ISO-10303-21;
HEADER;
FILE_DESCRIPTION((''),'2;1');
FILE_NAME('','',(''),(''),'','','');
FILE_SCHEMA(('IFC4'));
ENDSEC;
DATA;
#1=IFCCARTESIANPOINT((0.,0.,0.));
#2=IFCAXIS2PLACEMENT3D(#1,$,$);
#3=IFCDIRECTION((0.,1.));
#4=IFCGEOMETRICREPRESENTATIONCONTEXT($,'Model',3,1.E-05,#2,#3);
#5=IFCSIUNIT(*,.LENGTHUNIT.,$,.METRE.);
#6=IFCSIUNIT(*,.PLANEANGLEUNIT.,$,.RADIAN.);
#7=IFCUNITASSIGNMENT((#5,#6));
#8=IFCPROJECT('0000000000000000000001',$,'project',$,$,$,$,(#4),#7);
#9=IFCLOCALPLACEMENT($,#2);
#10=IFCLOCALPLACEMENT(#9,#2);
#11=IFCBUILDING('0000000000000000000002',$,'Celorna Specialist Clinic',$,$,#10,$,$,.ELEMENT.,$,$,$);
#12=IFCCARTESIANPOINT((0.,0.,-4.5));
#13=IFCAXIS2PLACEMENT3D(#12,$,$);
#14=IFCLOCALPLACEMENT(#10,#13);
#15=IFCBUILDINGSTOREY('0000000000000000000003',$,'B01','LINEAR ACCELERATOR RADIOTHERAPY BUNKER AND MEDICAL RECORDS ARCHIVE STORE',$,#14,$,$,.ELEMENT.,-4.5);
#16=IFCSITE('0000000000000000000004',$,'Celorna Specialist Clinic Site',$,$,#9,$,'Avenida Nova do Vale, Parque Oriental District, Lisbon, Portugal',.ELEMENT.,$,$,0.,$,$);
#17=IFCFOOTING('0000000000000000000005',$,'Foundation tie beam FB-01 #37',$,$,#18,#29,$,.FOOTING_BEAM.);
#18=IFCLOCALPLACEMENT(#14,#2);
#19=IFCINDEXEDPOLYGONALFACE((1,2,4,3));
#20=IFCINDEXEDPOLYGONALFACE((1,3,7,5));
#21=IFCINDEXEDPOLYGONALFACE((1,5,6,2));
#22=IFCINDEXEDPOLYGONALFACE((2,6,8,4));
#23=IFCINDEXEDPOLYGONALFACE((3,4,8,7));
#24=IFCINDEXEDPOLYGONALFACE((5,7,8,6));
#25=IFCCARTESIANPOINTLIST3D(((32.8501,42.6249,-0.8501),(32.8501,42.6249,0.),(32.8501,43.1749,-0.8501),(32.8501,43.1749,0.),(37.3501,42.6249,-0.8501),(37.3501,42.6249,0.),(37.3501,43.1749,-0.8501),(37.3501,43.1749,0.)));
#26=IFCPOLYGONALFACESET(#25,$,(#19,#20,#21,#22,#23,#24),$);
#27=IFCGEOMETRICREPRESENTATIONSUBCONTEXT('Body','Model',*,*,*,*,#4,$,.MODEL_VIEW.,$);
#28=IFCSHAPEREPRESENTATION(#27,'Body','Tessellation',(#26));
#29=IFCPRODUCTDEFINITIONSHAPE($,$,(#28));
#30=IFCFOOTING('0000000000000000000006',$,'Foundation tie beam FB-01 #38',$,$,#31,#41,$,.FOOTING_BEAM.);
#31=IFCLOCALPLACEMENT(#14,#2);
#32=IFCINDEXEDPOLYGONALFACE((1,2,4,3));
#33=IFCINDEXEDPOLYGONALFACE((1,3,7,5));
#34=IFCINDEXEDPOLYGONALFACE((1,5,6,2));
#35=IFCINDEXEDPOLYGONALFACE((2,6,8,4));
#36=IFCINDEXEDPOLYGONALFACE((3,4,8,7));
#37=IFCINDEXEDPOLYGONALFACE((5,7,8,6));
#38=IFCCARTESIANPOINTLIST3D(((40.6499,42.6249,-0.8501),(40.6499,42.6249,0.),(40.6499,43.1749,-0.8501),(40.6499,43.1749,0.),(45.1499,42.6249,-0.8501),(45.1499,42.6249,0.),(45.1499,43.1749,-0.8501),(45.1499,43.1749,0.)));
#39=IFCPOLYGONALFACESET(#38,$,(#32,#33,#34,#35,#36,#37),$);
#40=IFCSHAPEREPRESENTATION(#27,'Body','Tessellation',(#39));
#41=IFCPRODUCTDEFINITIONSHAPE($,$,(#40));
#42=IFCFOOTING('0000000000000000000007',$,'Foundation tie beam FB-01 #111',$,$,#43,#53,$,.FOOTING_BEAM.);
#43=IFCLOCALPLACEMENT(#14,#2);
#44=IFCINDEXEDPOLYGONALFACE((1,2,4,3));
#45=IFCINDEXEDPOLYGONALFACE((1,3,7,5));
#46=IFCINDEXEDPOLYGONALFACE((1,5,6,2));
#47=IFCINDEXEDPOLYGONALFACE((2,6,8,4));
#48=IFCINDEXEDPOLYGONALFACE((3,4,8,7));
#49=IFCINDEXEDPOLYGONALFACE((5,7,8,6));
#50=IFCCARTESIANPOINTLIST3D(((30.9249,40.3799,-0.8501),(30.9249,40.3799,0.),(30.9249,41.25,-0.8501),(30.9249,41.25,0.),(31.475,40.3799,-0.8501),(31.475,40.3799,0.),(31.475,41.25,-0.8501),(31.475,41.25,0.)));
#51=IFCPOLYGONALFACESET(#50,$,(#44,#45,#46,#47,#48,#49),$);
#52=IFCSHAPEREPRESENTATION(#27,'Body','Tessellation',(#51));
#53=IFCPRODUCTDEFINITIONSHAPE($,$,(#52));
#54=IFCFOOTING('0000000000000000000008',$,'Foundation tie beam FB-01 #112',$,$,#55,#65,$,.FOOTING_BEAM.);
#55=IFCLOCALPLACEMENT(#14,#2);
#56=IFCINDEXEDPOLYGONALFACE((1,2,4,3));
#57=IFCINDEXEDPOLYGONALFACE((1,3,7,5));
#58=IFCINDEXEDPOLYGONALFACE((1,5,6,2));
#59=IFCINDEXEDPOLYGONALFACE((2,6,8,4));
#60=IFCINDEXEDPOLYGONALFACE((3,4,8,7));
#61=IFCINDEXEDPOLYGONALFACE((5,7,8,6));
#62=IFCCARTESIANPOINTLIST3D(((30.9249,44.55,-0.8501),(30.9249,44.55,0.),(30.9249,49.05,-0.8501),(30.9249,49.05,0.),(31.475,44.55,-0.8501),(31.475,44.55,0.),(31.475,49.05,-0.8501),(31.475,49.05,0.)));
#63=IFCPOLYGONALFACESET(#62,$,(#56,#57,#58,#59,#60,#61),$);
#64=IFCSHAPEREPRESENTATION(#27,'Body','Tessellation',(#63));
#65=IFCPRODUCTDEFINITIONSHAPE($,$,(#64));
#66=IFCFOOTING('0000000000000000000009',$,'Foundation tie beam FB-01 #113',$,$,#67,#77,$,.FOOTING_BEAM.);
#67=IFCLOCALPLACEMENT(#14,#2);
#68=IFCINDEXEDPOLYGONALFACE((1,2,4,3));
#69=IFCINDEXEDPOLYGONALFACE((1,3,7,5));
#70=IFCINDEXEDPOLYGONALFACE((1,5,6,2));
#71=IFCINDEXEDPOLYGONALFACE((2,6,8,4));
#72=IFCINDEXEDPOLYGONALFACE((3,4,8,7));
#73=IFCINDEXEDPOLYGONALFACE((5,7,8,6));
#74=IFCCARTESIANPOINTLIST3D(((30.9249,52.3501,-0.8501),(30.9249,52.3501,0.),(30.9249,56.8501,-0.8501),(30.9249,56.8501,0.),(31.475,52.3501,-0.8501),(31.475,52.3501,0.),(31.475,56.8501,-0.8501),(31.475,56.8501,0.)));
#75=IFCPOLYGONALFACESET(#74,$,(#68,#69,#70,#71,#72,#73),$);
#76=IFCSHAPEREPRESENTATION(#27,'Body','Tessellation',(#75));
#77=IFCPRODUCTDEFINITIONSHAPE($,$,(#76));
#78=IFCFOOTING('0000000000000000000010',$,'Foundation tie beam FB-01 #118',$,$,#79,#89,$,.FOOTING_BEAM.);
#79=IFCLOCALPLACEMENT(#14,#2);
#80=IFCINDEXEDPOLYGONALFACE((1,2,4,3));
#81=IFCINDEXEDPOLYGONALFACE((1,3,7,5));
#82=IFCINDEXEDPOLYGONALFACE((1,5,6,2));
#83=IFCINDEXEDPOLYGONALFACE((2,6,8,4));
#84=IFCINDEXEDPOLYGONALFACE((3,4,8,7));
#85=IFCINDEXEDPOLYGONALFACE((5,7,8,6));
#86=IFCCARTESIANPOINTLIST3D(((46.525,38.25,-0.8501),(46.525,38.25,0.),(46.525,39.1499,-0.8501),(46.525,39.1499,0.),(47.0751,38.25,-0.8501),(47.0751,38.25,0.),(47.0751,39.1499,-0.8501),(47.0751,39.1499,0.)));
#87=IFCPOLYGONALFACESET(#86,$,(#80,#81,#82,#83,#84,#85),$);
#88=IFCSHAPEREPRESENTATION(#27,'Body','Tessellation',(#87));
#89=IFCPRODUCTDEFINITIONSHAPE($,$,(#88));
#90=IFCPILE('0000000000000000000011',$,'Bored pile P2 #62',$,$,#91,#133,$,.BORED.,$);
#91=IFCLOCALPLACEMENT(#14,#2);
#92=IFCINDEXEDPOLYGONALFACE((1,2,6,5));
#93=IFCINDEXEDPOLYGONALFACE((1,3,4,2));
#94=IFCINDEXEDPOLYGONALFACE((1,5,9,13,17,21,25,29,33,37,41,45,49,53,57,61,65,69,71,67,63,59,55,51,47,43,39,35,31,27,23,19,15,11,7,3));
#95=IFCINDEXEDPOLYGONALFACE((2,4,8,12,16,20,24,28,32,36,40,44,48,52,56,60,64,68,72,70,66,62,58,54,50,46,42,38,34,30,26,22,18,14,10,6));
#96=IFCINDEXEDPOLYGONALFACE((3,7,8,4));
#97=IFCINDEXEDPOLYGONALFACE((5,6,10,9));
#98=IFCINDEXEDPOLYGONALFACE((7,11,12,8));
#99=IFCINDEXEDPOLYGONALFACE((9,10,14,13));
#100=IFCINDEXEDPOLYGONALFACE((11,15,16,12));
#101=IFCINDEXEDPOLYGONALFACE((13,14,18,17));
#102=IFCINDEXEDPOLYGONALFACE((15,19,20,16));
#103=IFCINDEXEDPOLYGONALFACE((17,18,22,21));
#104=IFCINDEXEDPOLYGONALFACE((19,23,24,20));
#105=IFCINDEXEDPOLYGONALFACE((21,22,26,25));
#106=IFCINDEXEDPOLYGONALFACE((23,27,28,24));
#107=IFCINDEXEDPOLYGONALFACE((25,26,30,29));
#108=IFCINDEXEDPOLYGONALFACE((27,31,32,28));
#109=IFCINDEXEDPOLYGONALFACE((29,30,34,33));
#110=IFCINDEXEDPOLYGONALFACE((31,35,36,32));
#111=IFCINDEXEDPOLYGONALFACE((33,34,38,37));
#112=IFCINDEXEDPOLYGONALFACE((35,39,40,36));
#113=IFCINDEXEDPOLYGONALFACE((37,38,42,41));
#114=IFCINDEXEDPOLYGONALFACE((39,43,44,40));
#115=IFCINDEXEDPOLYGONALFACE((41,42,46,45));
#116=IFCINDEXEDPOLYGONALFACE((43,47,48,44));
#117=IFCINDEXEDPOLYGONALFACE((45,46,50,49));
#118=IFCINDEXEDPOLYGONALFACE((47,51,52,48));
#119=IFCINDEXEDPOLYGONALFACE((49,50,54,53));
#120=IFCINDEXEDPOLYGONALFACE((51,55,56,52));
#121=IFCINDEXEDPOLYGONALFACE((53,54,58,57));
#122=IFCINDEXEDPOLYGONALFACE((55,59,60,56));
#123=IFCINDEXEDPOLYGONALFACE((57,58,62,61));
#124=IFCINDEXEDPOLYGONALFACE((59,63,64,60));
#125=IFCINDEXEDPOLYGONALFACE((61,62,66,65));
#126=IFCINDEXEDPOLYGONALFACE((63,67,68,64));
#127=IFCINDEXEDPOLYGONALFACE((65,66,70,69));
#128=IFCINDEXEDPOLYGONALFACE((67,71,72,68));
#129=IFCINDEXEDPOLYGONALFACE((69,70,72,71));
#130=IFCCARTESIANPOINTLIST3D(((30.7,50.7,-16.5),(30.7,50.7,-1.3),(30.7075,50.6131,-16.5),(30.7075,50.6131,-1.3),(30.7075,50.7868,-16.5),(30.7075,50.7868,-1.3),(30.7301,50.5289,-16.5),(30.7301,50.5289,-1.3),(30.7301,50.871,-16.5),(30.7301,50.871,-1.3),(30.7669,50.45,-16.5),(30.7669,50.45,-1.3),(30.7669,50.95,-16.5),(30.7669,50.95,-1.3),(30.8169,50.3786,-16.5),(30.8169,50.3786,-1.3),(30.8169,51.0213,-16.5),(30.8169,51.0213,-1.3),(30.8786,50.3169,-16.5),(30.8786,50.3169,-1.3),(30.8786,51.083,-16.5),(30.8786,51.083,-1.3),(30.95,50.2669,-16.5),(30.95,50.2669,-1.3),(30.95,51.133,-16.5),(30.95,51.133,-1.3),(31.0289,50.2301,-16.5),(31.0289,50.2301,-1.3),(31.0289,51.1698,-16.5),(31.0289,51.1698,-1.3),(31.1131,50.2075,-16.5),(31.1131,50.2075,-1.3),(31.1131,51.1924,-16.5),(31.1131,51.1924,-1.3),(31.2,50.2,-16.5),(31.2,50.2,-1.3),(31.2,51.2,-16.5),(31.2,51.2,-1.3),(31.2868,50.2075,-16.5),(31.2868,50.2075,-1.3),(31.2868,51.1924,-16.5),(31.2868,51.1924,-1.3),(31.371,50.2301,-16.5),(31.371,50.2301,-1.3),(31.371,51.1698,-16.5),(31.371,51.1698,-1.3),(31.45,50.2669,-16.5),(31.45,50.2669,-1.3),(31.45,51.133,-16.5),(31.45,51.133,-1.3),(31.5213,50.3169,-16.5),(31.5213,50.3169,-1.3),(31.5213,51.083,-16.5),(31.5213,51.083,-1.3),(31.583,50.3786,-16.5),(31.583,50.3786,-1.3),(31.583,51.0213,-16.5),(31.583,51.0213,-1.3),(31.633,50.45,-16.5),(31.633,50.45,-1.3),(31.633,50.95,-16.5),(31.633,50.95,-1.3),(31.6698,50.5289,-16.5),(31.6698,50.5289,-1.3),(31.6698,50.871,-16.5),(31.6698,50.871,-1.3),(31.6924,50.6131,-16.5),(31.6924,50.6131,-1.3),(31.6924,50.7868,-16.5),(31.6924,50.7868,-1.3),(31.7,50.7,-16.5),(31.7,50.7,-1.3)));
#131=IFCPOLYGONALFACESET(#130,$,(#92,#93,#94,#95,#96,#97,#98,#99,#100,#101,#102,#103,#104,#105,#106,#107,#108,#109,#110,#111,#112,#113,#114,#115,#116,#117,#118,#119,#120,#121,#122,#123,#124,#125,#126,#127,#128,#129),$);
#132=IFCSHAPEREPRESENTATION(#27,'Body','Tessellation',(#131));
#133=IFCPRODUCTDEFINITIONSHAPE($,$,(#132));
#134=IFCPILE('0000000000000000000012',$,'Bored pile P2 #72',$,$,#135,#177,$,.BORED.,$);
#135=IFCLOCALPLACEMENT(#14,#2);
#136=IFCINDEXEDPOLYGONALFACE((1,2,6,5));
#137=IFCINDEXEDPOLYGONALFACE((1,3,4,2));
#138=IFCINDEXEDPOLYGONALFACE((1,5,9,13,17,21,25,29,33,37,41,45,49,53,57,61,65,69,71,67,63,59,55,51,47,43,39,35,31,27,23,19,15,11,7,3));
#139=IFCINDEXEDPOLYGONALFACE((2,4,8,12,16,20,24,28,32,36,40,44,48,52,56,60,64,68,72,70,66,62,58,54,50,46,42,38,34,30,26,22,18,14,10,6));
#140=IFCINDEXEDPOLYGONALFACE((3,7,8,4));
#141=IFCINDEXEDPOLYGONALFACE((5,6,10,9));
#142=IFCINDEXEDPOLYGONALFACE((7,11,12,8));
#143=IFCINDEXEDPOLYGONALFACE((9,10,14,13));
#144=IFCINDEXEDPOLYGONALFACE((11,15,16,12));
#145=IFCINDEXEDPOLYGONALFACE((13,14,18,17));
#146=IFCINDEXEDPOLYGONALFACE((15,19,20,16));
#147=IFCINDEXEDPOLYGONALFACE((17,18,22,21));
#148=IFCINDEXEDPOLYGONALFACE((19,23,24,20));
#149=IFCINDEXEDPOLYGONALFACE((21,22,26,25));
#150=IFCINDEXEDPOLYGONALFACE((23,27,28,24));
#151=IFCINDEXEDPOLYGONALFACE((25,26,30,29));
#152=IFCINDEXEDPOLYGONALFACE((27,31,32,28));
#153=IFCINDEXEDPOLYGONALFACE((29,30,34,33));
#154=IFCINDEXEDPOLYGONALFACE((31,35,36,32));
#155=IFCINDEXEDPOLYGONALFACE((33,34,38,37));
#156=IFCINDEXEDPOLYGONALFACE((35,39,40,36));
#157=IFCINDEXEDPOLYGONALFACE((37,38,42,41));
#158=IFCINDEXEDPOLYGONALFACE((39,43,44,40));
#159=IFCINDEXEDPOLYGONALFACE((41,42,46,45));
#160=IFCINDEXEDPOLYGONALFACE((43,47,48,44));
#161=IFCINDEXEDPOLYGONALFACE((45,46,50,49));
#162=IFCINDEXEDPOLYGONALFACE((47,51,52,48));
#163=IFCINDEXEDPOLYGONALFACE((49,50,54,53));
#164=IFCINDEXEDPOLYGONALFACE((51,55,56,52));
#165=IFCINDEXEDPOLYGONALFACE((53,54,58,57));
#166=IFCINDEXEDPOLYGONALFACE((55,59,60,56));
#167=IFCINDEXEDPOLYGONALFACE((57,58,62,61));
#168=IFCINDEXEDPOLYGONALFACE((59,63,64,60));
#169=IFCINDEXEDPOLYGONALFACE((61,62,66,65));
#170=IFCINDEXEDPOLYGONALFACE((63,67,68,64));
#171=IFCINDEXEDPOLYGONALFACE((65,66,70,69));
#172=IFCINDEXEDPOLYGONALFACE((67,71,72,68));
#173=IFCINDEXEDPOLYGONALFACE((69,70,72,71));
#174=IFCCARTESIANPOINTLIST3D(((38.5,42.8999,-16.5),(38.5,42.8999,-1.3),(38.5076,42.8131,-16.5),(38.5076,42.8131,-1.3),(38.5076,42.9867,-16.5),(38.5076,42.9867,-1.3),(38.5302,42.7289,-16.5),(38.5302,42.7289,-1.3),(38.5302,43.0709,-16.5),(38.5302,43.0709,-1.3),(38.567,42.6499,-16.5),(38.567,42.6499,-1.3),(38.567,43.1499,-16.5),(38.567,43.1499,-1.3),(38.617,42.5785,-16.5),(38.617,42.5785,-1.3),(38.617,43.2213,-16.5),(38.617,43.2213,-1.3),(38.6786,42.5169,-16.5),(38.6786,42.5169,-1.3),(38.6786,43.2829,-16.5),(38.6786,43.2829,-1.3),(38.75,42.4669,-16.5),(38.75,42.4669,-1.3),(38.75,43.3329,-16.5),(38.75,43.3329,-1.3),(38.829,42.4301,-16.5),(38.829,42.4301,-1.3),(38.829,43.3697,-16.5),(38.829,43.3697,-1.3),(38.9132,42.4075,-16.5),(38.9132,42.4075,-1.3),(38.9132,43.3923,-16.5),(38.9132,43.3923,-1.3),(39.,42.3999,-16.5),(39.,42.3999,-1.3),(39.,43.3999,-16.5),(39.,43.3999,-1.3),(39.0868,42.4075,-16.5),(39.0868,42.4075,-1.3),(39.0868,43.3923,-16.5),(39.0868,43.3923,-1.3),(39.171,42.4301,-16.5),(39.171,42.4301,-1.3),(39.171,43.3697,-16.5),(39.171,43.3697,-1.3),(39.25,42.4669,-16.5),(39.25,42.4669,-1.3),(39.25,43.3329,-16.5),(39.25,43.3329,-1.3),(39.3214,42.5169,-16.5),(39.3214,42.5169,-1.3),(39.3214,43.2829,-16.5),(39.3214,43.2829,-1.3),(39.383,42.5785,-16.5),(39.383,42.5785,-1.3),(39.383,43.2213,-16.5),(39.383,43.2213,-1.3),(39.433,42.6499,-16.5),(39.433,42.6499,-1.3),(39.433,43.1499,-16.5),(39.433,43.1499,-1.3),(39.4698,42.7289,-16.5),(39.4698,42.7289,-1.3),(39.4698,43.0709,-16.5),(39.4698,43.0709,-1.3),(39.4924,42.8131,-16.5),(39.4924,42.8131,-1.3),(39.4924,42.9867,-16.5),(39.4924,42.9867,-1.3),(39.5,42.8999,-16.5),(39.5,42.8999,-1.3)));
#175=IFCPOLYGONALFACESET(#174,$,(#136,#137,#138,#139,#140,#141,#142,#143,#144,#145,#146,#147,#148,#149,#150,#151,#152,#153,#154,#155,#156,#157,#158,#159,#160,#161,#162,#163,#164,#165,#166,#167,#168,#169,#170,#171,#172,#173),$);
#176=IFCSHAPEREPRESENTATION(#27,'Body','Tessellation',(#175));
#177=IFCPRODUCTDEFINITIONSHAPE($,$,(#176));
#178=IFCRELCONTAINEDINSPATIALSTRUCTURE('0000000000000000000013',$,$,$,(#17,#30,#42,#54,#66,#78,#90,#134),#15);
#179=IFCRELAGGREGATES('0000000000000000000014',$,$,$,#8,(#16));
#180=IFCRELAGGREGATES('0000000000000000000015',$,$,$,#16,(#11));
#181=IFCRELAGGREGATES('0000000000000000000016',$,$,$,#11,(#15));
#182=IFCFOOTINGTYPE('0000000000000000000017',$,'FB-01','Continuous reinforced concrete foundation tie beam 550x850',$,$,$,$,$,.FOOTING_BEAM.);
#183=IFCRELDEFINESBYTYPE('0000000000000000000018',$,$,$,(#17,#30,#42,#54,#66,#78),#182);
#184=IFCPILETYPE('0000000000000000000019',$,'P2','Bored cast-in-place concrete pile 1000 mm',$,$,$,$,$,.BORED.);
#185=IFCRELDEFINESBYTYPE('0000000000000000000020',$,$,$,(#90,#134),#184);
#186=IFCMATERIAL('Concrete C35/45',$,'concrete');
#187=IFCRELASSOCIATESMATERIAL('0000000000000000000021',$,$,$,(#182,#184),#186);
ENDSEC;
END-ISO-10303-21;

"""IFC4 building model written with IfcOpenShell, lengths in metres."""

from ifc_helpers import new_model, si_unit, direction, frame, origin, origin_2d, place, context, subcontext, project, spatial, rectangle, circle, extrude, material, material_profile, profile_set, type_object, element, save


model = new_model("IFC4")

# Units and contexts
model_context = context("Model", 3, precision=1e-05, world=origin(), true_north=direction((0.0, 1.0)))
body_context = subcontext(model_context, "Body", "Model", "MODEL_VIEW")
ifc_project = project(units=[si_unit("LENGTHUNIT", "METRE"), si_unit("PLANEANGLEUNIT", "RADIAN")], contexts=[model_context])

# Site, building, storey
site_placement = place(None, origin())
site = spatial("IfcSite", under=ifc_project, at=site_placement, Name="Celorna Specialist Clinic Site", LongName="Avenida Nova do Vale, Parque Oriental District, Lisbon, Portugal", CompositionType="ELEMENT", RefElevation=0.0)
building_placement = place(site_placement, origin())
building = spatial("IfcBuilding", under=site, at=building_placement, Name="Celorna Specialist Clinic", CompositionType="ELEMENT")
storey_placement = place(building_placement, frame((0.0, 0.0, -4.5)))
storey = spatial("IfcBuildingStorey", under=building, at=storey_placement, Name="B01", Description="LINEAR ACCELERATOR RADIOTHERAPY BUNKER AND MEDICAL RECORDS ARCHIVE STORE", CompositionType="ELEMENT", Elevation=-4.5)

# Footings
ifc_material_1 = material(Name="Concrete C35/45", Category="concrete")
footing_type_1 = type_object("IfcFootingType", Name="FB-01", Description="Continuous reinforced concrete foundation tie beam 550x850", PredefinedType="FOOTING_BEAM", material=ifc_material_1)
for number, where, z_axis, x_axis, name in (
    (1, (35.1001, 42.8999, -0.8501), (0.0, 0.0, 1.0), (1.0, 0.0, 0.0), "Foundation tie beam FB-01 #37"),
    (2, (42.8999, 42.8999, -0.8501), (0.0, 0.0, 1.0), (1.0, 0.0, 0.0), "Foundation tie beam FB-01 #38"),
):
    element("IfcFooting", number, at=place(storey_placement, frame(where, z_axis=z_axis, x_axis=x_axis)), inside=storey, type_object=footing_type_1, Name=name, PredefinedType="FOOTING_BEAM", context=body_context, shape_type="SweptSolid", body=[
        extrude(rectangle(XDim=4.5, YDim=0.55, at=origin_2d()), origin(), (0.0, 0.0, 1.0), 0.8501),
    ])
footing_1_placement = place(storey_placement, frame((31.2, 40.8149, -0.8501), z_axis=(0.0, 0.0, 1.0), x_axis=(0.0, 1.0, 0.0)))
element("IfcFooting", 3, at=footing_1_placement, inside=storey, type_object=footing_type_1, Name="Foundation tie beam FB-01 #111", PredefinedType="FOOTING_BEAM", context=body_context, shape_type="SweptSolid", body=[
    extrude(rectangle(XDim=0.8701, YDim=0.55, at=origin_2d()), origin(), (0.0, 0.0, 1.0), 0.8501),
])
for number, where, z_axis, x_axis, name in (
    (4, (31.2, 46.8, -0.8501), (0.0, 0.0, 1.0), (0.0, 1.0, 0.0), "Foundation tie beam FB-01 #112"),
    (5, (31.2, 54.6001, -0.8501), (0.0, 0.0, 1.0), (0.0, 1.0, 0.0), "Foundation tie beam FB-01 #113"),
):
    element("IfcFooting", number, at=place(storey_placement, frame(where, z_axis=z_axis, x_axis=x_axis)), inside=storey, type_object=footing_type_1, Name=name, PredefinedType="FOOTING_BEAM", context=body_context, shape_type="SweptSolid", body=[
        extrude(rectangle(XDim=4.5, YDim=0.55, at=origin_2d()), origin(), (0.0, 0.0, 1.0), 0.8501),
    ])
footing_2_placement = place(storey_placement, frame((46.8, 38.7, -0.8501), z_axis=(0.0, 0.0, 1.0), x_axis=(0.0, 1.0, 0.0)))
element("IfcFooting", 6, at=footing_2_placement, inside=storey, type_object=footing_type_1, Name="Foundation tie beam FB-01 #118", PredefinedType="FOOTING_BEAM", context=body_context, shape_type="SweptSolid", body=[
    extrude(rectangle(XDim=0.8999, YDim=0.55, at=origin_2d()), origin(), (0.0, 0.0, 1.0), 0.8501),
])

# Piles
ifc_material_profile_1 = material_profile(ifc_material_1, circle(Radius=0.5, at=origin_2d()), Name="BORED PILE 1000")
ifc_profile_set_1 = profile_set([ifc_material_profile_1], Name="Concrete C35/45")
pile_type = type_object("IfcPileType", Name="P2", Description="Bored cast-in-place concrete pile 1000 mm", PredefinedType="BORED", material=ifc_profile_set_1)
for number, where, z_axis, x_axis, name in (
    (7, (31.2, 50.7, -1.3), (0.0, 0.0, -1.0), (1.0, 0.0, 0.0), "Bored pile P2 #62"),
    (8, (39.0, 42.8999, -1.3), (0.0, 0.0, -1.0), (1.0, 0.0, 0.0), "Bored pile P2 #72"),
):
    element("IfcPile", number, at=place(storey_placement, frame(where, z_axis=z_axis, x_axis=x_axis)), inside=storey, type_object=pile_type, Name=name, PredefinedType="BORED", context=body_context, shape_type="SweptSolid", body=[
        extrude(circle(Radius=0.5, at=origin_2d()), origin(), (0.0, 0.0, 1.0), 15.2),
    ])

save(model, "model.ifc")
